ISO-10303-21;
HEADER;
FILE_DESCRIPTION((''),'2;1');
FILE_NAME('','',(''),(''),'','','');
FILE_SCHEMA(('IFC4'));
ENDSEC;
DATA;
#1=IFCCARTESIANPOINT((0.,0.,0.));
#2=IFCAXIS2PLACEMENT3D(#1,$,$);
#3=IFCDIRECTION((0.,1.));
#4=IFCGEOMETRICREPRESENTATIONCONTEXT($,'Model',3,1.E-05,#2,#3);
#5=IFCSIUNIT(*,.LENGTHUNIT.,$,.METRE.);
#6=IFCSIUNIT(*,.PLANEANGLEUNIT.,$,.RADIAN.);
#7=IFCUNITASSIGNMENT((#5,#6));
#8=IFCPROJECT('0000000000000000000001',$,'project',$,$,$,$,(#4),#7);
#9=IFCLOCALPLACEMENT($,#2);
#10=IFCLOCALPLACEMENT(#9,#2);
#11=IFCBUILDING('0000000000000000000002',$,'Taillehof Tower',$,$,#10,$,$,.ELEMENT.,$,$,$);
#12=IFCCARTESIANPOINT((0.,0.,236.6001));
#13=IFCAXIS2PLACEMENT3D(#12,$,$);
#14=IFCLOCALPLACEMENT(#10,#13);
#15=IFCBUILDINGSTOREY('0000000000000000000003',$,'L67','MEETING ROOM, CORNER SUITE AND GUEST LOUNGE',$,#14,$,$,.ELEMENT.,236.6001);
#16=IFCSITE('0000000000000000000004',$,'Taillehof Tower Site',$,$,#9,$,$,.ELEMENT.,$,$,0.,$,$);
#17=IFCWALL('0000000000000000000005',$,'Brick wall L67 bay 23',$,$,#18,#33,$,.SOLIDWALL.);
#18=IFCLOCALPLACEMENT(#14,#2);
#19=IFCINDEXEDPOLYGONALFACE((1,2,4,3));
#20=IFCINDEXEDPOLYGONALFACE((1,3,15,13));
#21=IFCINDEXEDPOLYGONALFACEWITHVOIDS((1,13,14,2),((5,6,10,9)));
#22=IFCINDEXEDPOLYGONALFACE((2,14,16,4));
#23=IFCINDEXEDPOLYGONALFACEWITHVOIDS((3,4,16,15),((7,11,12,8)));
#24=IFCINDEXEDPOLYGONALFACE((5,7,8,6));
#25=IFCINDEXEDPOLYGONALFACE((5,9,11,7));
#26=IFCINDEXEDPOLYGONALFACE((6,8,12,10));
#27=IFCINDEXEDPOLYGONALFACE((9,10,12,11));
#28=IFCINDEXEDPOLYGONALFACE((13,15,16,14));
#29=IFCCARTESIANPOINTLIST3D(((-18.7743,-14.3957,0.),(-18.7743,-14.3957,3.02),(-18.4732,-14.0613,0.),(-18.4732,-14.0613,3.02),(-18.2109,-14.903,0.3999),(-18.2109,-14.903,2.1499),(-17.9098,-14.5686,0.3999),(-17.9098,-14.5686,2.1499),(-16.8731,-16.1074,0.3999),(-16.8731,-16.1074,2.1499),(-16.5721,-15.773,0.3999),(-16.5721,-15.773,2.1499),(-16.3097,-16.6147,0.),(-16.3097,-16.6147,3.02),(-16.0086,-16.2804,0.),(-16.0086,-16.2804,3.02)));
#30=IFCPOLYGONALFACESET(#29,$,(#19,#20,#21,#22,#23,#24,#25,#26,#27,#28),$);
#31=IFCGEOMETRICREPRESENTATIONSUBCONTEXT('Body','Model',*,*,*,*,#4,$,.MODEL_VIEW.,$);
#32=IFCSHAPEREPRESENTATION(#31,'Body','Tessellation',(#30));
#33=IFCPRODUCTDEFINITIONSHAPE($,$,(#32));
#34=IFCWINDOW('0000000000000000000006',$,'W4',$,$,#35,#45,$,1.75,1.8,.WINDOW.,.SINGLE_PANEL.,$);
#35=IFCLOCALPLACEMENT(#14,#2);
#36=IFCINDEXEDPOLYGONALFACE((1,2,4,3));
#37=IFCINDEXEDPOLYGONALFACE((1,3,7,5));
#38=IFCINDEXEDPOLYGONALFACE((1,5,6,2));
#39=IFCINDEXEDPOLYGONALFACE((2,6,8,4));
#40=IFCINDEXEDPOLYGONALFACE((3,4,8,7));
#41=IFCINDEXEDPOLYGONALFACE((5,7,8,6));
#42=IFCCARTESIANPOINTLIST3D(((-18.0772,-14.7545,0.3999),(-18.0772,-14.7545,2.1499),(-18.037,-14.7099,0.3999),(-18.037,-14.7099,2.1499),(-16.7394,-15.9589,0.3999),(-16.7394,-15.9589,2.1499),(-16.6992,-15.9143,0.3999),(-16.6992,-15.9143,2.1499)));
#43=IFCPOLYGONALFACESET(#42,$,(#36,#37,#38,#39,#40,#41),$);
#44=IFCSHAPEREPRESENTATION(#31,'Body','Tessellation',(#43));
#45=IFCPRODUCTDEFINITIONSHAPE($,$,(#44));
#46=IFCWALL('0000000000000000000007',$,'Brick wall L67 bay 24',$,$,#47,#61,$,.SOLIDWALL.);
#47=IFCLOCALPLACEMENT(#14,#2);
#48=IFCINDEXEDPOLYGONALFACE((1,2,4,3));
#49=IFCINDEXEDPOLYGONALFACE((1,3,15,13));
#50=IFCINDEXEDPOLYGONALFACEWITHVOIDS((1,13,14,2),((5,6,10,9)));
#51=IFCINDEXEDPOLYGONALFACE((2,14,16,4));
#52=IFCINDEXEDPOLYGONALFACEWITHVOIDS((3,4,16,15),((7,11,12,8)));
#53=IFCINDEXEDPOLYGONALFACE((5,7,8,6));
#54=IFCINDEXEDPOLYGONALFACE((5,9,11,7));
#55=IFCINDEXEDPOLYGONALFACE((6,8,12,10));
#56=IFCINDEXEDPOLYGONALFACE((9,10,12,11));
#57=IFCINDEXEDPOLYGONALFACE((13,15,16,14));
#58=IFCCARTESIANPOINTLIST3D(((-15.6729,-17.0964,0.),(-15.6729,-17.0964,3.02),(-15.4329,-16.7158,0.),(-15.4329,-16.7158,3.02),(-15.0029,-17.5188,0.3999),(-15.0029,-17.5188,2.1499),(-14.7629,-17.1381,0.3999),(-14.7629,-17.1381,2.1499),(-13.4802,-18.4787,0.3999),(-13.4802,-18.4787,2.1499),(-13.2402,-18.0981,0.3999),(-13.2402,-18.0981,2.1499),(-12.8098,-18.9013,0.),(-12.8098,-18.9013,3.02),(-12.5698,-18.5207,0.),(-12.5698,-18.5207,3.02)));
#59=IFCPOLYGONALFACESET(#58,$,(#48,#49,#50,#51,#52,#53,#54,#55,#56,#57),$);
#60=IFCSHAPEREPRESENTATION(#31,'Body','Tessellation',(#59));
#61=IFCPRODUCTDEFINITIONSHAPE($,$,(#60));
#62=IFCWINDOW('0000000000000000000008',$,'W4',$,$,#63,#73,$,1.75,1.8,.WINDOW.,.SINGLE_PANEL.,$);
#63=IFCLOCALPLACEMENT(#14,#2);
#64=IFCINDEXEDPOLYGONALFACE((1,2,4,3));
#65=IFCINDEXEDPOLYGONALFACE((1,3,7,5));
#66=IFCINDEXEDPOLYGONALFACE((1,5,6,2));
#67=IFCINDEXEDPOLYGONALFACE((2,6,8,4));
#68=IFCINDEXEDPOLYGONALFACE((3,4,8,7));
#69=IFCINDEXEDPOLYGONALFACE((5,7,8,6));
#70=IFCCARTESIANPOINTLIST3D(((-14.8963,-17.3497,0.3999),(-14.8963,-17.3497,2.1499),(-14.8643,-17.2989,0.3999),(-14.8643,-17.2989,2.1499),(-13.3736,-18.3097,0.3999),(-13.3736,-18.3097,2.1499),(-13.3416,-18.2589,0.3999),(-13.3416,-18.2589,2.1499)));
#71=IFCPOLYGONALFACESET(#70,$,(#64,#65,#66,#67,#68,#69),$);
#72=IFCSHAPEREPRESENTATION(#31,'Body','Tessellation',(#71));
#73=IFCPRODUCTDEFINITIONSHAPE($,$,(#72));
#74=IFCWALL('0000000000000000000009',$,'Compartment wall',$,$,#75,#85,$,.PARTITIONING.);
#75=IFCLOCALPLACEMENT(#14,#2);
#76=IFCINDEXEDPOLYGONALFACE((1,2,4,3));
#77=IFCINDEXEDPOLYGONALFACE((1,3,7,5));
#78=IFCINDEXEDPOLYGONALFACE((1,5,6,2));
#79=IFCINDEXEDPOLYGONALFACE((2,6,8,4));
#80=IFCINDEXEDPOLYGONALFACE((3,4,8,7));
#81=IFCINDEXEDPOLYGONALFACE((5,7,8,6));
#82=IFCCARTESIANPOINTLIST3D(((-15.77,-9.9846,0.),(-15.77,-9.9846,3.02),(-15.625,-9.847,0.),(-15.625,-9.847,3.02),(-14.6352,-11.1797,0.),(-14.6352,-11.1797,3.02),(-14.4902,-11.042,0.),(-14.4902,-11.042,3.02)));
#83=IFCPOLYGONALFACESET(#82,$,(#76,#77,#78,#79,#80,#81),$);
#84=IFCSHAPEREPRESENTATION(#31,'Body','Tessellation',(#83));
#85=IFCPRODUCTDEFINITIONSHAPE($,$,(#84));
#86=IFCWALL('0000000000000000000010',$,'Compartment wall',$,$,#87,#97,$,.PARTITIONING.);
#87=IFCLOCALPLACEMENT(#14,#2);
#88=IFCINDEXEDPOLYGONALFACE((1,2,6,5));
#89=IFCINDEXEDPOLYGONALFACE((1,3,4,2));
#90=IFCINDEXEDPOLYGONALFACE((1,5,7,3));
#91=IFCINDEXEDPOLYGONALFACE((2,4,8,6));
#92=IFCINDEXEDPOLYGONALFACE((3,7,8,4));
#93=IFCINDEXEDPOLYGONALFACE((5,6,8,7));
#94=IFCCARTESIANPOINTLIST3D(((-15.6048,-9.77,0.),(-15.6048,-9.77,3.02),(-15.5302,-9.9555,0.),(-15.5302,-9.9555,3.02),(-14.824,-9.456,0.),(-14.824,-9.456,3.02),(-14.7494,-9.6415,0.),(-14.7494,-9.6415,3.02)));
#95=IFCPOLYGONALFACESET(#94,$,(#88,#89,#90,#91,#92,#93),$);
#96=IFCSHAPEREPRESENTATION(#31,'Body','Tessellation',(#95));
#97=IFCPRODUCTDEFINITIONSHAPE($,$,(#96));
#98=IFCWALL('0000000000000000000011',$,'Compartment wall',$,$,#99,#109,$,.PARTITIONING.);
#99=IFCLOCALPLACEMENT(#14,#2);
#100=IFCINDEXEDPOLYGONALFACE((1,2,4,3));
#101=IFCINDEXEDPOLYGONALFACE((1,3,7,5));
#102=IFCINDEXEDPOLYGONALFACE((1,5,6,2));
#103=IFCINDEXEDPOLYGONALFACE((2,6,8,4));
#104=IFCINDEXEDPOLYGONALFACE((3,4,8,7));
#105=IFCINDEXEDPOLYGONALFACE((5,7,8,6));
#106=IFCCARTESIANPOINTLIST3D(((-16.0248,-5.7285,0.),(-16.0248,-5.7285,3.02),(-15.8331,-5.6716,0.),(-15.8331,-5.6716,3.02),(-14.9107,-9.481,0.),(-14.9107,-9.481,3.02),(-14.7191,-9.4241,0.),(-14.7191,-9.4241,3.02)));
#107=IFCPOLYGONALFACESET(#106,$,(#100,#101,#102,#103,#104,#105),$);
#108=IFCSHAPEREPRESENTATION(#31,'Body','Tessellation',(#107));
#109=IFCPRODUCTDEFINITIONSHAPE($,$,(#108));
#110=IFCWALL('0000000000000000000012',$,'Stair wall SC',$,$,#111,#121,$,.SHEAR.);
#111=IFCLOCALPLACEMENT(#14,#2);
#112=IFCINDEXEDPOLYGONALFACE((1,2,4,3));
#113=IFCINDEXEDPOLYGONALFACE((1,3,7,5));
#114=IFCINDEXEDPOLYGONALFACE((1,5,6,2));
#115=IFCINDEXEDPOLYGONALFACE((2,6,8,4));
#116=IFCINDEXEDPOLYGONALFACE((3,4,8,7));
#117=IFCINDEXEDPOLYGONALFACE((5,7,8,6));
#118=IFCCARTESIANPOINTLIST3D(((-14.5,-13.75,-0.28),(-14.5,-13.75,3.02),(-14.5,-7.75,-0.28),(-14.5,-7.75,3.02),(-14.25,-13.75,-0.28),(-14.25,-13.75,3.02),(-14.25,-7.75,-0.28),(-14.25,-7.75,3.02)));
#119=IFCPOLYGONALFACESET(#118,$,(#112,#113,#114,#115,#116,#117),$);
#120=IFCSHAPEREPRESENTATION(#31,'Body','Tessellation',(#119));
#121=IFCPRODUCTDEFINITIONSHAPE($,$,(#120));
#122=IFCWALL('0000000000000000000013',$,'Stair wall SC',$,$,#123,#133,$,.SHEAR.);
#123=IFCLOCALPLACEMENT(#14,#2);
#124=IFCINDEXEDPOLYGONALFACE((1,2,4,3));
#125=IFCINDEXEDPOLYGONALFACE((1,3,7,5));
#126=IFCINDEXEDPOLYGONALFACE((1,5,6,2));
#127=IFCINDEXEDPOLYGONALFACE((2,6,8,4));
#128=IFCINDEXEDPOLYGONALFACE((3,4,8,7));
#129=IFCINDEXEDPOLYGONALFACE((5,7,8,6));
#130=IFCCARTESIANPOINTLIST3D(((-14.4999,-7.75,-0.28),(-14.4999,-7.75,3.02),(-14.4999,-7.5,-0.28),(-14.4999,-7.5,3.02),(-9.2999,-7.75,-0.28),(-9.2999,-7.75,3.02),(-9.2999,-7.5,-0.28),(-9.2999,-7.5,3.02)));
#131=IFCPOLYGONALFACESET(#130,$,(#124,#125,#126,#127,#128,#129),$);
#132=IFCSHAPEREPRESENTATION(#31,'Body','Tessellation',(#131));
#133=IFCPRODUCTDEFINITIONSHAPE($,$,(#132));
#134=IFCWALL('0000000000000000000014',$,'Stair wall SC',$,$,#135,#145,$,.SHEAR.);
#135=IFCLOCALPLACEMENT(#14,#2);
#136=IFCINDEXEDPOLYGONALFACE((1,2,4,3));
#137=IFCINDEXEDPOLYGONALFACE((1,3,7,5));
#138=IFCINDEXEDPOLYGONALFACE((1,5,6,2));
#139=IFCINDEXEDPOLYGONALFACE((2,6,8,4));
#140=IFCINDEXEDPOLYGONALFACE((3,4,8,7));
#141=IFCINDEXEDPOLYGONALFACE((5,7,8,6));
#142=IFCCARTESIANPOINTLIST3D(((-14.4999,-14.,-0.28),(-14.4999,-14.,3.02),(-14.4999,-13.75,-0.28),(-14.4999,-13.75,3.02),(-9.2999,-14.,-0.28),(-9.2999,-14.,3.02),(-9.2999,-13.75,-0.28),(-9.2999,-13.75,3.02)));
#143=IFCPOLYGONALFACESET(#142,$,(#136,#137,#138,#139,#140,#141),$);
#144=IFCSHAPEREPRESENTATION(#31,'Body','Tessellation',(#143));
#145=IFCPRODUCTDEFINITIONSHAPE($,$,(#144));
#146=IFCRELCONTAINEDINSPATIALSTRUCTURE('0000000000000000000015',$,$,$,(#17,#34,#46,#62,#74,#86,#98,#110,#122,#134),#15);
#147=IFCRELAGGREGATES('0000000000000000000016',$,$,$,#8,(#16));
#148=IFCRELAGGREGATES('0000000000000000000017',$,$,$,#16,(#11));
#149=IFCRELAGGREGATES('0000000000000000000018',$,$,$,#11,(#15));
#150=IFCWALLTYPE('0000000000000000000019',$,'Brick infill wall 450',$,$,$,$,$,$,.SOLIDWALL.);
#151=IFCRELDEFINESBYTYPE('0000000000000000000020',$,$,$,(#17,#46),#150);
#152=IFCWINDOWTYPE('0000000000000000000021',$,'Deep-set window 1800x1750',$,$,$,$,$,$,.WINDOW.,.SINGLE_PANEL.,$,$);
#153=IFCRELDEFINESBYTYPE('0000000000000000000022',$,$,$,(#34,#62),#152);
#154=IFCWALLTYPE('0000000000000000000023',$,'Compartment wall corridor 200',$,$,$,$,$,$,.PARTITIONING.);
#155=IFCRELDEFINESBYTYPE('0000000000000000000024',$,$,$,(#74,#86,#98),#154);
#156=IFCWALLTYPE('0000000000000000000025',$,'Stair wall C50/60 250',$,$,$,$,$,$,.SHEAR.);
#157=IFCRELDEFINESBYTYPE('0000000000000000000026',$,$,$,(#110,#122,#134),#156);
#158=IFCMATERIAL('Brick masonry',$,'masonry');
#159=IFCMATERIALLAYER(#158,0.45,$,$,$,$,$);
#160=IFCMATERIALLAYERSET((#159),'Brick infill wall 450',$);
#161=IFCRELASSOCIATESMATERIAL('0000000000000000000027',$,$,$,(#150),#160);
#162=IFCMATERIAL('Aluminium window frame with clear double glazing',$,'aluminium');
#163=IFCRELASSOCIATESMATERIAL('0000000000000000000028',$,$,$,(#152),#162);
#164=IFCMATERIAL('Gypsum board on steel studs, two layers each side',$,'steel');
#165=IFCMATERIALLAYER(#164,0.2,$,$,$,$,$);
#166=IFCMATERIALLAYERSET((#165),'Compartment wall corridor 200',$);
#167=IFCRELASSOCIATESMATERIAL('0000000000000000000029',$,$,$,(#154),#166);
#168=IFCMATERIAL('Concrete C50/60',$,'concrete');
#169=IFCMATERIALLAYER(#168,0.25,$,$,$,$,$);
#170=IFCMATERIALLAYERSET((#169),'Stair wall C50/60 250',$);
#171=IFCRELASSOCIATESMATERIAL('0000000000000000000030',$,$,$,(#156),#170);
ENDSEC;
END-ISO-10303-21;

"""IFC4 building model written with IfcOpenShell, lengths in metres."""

from ifc_helpers import new_model, si_unit, direction, frame, frame_2d, origin, place, context, subcontext, project, spatial, rectangle, extrude, material, layer, layer_set, type_object, element, fill, save


model = new_model("IFC4")

# Units and contexts
model_context = context("Model", 3, precision=1e-05, world=origin(), true_north=direction((0.0, 1.0)))
body_context = subcontext(model_context, "Body", "Model", "MODEL_VIEW")
ifc_project = project(units=[si_unit("LENGTHUNIT", "METRE"), si_unit("PLANEANGLEUNIT", "RADIAN")], contexts=[model_context])

# Site, building, storey
site_placement = place(None, origin())
site = spatial("IfcSite", under=ifc_project, at=site_placement, Name="Taillehof Tower Site", CompositionType="ELEMENT", RefElevation=0.0)
building_placement = place(site_placement, origin())
building = spatial("IfcBuilding", under=site, at=building_placement, Name="Taillehof Tower", CompositionType="ELEMENT")
storey_placement = place(building_placement, frame((0.0, 0.0, 236.6001)))
storey = spatial("IfcBuildingStorey", under=building, at=storey_placement, Name="L67", Description="MEETING ROOM, CORNER SUITE AND GUEST LOUNGE", CompositionType="ELEMENT", Elevation=236.6001)

# Walls, openings, windows
ifc_material_1 = material(Name="Brick masonry", Category="masonry")
ifc_layer_1 = layer(ifc_material_1, 0.45)
ifc_layer_set_1 = layer_set([ifc_layer_1], Name="Brick infill wall 450")
wall_type_1 = type_object("IfcWallType", Name="Brick infill wall 450", PredefinedType="SOLIDWALL", material=ifc_layer_set_1)
ifc_material_2 = material(Name="Aluminium window frame with clear double glazing", Category="aluminium")
window_type = type_object("IfcWindowType", Name="Deep-set window 1800x1750", PartitioningType="SINGLE_PANEL", PredefinedType="WINDOW", material=ifc_material_2)
wall_1_placement = place(storey_placement, frame((-18.6238, -14.2285, 0.0), z_axis=(0.0, 0.0, 1.0), x_axis=(0.743166, -0.669107, 0.0)))
wall_1 = element("IfcWall", 1, at=wall_1_placement, inside=storey, type_object=wall_type_1, Name="Brick wall L67 bay 23", PredefinedType="SOLIDWALL", context=body_context, shape_type="SweptSolid", body=[
    extrude(rectangle(XDim=3.3164, YDim=0.45, at=frame_2d((1.6582, 0.0))), origin(), (0.0, 0.0, 1.0), 3.02),
])
opening_1_placement = place(wall_1_placement, frame((0.7583, 0.0, 0.3999)))
opening_1 = element("IfcOpeningElement", 2, at=opening_1_placement, cuts=wall_1, PredefinedType="OPENING", context=body_context, shape_type="SweptSolid", body=[
    extrude(rectangle(XDim=1.8, YDim=1.75, at=frame_2d((0.8999, 0.875))), frame((0.0, 0.2349, 0.0), z_axis=(0.0, -1.0, 0.0), x_axis=(1.0, 0.0, 0.0)), (0.0, 0.0, 1.0), 0.47),
])
window_1_placement = place(opening_1_placement, origin())
window_1 = element("IfcWindow", 3, at=window_1_placement, inside=storey, type_object=window_type, Name="W4", OverallHeight=1.75, OverallWidth=1.8, PartitioningType="SINGLE_PANEL", PredefinedType="WINDOW", context=body_context, shape_type="SweptSolid", body=[
    extrude(rectangle(XDim=1.8, YDim=1.75, at=frame_2d((0.8999, 0.875))), frame((0.0, 0.0349, 0.0), z_axis=(0.0, -1.0, 0.0), x_axis=(1.0, 0.0, 0.0)), (0.0, 0.0, 1.0), 0.0601),
])
fill(opening_1, window_1)
wall_2_placement = place(storey_placement, frame((-15.553, -16.906, 0.0), z_axis=(0.0, 0.0, 1.0), x_axis=(0.845929, -0.533295, 0.0)))
wall_2 = element("IfcWall", 4, at=wall_2_placement, inside=storey, type_object=wall_type_1, Name="Brick wall L67 bay 24", PredefinedType="SOLIDWALL", context=body_context, shape_type="SweptSolid", body=[
    extrude(rectangle(XDim=3.3845, YDim=0.45, at=frame_2d((1.6924, 0.0))), origin(), (0.0, 0.0, 1.0), 3.02),
])
opening_2_placement = place(wall_2_placement, frame((0.7922, 0.0, 0.3999)))
opening_2 = element("IfcOpeningElement", 5, at=opening_2_placement, cuts=wall_2, PredefinedType="OPENING", context=body_context, shape_type="SweptSolid", body=[
    extrude(rectangle(XDim=1.8, YDim=1.75, at=frame_2d((0.8999, 0.875))), frame((0.0, 0.2349, 0.0), z_axis=(0.0, -1.0, 0.0), x_axis=(1.0, 0.0, 0.0)), (0.0, 0.0, 1.0), 0.47),
])
window_2_placement = place(opening_2_placement, origin())
window_2 = element("IfcWindow", 6, at=window_2_placement, inside=storey, type_object=window_type, Name="W4", OverallHeight=1.75, OverallWidth=1.8, PartitioningType="SINGLE_PANEL", PredefinedType="WINDOW", context=body_context, shape_type="SweptSolid", body=[
    extrude(rectangle(XDim=1.8, YDim=1.75, at=frame_2d((0.8999, 0.875))), frame((0.0, 0.0349, 0.0), z_axis=(0.0, -1.0, 0.0), x_axis=(1.0, 0.0, 0.0)), (0.0, 0.0, 1.0), 0.0601),
])
fill(opening_2, window_2)

# Walls
ifc_material_3 = material(Name="Gypsum board on steel studs, two layers each side", Category="steel")
ifc_layer_2 = layer(ifc_material_3, 0.2)
ifc_layer_set_2 = layer_set([ifc_layer_2], Name="Compartment wall corridor 200")
wall_type_2 = type_object("IfcWallType", Name="Compartment wall corridor 200", PredefinedType="PARTITIONING", material=ifc_layer_set_2)
wall_3_placement = place(storey_placement, frame((-14.5627, -11.1108, 0.0), z_axis=(0.0, 0.0, 1.0), x_axis=(-0.688574, 0.725166, 0.0)))
element("IfcWall", 7, at=wall_3_placement, inside=storey, type_object=wall_type_2, Name="Compartment wall", PredefinedType="PARTITIONING", context=body_context, shape_type="SweptSolid", body=[
    extrude(rectangle(XDim=1.6479, YDim=0.2, at=frame_2d((0.824, 0.0))), origin(), (0.0, 0.0, 1.0), 3.02),
])
wall_4_placement = place(storey_placement, frame((-15.5676, -9.8628, 0.0), z_axis=(0.0, 0.0, 1.0), x_axis=(0.927795, 0.373091, 0.0)))
element("IfcWall", 8, at=wall_4_placement, inside=storey, type_object=wall_type_2, Name="Compartment wall", PredefinedType="PARTITIONING", context=body_context, shape_type="SweptSolid", body=[
    extrude(rectangle(XDim=0.8416, YDim=0.2, at=frame_2d((0.4209, 0.0))), origin(), (0.0, 0.0, 1.0), 3.02),
])
wall_5_placement = place(storey_placement, frame((-14.8149, -9.4524, 0.0), z_axis=(0.0, 0.0, 1.0), x_axis=(-0.2846, 0.958646, 0.0)))
element("IfcWall", 9, at=wall_5_placement, inside=storey, type_object=wall_type_2, Name="Compartment wall", PredefinedType="PARTITIONING", context=body_context, shape_type="SweptSolid", body=[
    extrude(rectangle(XDim=3.9143, YDim=0.2, at=frame_2d((1.957, 0.0))), origin(), (0.0, 0.0, 1.0), 3.02),
])
ifc_material_4 = material(Name="Concrete C50/60", Category="concrete")
ifc_layer_3 = layer(ifc_material_4, 0.25)
ifc_layer_set_3 = layer_set([ifc_layer_3], Name="Stair wall C50/60 250")
wall_type_3 = type_object("IfcWallType", Name="Stair wall C50/60 250", PredefinedType="SHEAR", material=ifc_layer_set_3)
wall_6_placement = place(storey_placement, frame((-14.375, -13.75, -0.28), z_axis=(0.0, 0.0, 1.0), x_axis=(0.0, 1.0, 0.0)))
element("IfcWall", 10, at=wall_6_placement, inside=storey, type_object=wall_type_3, Name="Stair wall SC", PredefinedType="SHEAR", context=body_context, shape_type="SweptSolid", body=[
    extrude(rectangle(XDim=6.0, YDim=0.25, at=frame_2d((3.0, 0.0))), origin(), (0.0, 0.0, 1.0), 3.3),
])
for number, where, z_axis, x_axis, name in (
    (11, (-14.5, -7.625, -0.28), (0.0, 0.0, 1.0), (1.0, 0.0, 0.0), "Stair wall SC"),
    (12, (-14.5, -13.875, -0.28), (0.0, 0.0, 1.0), (1.0, 0.0, 0.0), "Stair wall SC"),
):
    element("IfcWall", number, at=place(storey_placement, frame(where, z_axis=z_axis, x_axis=x_axis)), inside=storey, type_object=wall_type_3, Name=name, PredefinedType="SHEAR", context=body_context, shape_type="SweptSolid", body=[
        extrude(rectangle(XDim=5.2, YDim=0.25, at=frame_2d((2.6001, 0.0))), origin(), (0.0, 0.0, 1.0), 3.3),
    ])

save(model, "model.ifc")
